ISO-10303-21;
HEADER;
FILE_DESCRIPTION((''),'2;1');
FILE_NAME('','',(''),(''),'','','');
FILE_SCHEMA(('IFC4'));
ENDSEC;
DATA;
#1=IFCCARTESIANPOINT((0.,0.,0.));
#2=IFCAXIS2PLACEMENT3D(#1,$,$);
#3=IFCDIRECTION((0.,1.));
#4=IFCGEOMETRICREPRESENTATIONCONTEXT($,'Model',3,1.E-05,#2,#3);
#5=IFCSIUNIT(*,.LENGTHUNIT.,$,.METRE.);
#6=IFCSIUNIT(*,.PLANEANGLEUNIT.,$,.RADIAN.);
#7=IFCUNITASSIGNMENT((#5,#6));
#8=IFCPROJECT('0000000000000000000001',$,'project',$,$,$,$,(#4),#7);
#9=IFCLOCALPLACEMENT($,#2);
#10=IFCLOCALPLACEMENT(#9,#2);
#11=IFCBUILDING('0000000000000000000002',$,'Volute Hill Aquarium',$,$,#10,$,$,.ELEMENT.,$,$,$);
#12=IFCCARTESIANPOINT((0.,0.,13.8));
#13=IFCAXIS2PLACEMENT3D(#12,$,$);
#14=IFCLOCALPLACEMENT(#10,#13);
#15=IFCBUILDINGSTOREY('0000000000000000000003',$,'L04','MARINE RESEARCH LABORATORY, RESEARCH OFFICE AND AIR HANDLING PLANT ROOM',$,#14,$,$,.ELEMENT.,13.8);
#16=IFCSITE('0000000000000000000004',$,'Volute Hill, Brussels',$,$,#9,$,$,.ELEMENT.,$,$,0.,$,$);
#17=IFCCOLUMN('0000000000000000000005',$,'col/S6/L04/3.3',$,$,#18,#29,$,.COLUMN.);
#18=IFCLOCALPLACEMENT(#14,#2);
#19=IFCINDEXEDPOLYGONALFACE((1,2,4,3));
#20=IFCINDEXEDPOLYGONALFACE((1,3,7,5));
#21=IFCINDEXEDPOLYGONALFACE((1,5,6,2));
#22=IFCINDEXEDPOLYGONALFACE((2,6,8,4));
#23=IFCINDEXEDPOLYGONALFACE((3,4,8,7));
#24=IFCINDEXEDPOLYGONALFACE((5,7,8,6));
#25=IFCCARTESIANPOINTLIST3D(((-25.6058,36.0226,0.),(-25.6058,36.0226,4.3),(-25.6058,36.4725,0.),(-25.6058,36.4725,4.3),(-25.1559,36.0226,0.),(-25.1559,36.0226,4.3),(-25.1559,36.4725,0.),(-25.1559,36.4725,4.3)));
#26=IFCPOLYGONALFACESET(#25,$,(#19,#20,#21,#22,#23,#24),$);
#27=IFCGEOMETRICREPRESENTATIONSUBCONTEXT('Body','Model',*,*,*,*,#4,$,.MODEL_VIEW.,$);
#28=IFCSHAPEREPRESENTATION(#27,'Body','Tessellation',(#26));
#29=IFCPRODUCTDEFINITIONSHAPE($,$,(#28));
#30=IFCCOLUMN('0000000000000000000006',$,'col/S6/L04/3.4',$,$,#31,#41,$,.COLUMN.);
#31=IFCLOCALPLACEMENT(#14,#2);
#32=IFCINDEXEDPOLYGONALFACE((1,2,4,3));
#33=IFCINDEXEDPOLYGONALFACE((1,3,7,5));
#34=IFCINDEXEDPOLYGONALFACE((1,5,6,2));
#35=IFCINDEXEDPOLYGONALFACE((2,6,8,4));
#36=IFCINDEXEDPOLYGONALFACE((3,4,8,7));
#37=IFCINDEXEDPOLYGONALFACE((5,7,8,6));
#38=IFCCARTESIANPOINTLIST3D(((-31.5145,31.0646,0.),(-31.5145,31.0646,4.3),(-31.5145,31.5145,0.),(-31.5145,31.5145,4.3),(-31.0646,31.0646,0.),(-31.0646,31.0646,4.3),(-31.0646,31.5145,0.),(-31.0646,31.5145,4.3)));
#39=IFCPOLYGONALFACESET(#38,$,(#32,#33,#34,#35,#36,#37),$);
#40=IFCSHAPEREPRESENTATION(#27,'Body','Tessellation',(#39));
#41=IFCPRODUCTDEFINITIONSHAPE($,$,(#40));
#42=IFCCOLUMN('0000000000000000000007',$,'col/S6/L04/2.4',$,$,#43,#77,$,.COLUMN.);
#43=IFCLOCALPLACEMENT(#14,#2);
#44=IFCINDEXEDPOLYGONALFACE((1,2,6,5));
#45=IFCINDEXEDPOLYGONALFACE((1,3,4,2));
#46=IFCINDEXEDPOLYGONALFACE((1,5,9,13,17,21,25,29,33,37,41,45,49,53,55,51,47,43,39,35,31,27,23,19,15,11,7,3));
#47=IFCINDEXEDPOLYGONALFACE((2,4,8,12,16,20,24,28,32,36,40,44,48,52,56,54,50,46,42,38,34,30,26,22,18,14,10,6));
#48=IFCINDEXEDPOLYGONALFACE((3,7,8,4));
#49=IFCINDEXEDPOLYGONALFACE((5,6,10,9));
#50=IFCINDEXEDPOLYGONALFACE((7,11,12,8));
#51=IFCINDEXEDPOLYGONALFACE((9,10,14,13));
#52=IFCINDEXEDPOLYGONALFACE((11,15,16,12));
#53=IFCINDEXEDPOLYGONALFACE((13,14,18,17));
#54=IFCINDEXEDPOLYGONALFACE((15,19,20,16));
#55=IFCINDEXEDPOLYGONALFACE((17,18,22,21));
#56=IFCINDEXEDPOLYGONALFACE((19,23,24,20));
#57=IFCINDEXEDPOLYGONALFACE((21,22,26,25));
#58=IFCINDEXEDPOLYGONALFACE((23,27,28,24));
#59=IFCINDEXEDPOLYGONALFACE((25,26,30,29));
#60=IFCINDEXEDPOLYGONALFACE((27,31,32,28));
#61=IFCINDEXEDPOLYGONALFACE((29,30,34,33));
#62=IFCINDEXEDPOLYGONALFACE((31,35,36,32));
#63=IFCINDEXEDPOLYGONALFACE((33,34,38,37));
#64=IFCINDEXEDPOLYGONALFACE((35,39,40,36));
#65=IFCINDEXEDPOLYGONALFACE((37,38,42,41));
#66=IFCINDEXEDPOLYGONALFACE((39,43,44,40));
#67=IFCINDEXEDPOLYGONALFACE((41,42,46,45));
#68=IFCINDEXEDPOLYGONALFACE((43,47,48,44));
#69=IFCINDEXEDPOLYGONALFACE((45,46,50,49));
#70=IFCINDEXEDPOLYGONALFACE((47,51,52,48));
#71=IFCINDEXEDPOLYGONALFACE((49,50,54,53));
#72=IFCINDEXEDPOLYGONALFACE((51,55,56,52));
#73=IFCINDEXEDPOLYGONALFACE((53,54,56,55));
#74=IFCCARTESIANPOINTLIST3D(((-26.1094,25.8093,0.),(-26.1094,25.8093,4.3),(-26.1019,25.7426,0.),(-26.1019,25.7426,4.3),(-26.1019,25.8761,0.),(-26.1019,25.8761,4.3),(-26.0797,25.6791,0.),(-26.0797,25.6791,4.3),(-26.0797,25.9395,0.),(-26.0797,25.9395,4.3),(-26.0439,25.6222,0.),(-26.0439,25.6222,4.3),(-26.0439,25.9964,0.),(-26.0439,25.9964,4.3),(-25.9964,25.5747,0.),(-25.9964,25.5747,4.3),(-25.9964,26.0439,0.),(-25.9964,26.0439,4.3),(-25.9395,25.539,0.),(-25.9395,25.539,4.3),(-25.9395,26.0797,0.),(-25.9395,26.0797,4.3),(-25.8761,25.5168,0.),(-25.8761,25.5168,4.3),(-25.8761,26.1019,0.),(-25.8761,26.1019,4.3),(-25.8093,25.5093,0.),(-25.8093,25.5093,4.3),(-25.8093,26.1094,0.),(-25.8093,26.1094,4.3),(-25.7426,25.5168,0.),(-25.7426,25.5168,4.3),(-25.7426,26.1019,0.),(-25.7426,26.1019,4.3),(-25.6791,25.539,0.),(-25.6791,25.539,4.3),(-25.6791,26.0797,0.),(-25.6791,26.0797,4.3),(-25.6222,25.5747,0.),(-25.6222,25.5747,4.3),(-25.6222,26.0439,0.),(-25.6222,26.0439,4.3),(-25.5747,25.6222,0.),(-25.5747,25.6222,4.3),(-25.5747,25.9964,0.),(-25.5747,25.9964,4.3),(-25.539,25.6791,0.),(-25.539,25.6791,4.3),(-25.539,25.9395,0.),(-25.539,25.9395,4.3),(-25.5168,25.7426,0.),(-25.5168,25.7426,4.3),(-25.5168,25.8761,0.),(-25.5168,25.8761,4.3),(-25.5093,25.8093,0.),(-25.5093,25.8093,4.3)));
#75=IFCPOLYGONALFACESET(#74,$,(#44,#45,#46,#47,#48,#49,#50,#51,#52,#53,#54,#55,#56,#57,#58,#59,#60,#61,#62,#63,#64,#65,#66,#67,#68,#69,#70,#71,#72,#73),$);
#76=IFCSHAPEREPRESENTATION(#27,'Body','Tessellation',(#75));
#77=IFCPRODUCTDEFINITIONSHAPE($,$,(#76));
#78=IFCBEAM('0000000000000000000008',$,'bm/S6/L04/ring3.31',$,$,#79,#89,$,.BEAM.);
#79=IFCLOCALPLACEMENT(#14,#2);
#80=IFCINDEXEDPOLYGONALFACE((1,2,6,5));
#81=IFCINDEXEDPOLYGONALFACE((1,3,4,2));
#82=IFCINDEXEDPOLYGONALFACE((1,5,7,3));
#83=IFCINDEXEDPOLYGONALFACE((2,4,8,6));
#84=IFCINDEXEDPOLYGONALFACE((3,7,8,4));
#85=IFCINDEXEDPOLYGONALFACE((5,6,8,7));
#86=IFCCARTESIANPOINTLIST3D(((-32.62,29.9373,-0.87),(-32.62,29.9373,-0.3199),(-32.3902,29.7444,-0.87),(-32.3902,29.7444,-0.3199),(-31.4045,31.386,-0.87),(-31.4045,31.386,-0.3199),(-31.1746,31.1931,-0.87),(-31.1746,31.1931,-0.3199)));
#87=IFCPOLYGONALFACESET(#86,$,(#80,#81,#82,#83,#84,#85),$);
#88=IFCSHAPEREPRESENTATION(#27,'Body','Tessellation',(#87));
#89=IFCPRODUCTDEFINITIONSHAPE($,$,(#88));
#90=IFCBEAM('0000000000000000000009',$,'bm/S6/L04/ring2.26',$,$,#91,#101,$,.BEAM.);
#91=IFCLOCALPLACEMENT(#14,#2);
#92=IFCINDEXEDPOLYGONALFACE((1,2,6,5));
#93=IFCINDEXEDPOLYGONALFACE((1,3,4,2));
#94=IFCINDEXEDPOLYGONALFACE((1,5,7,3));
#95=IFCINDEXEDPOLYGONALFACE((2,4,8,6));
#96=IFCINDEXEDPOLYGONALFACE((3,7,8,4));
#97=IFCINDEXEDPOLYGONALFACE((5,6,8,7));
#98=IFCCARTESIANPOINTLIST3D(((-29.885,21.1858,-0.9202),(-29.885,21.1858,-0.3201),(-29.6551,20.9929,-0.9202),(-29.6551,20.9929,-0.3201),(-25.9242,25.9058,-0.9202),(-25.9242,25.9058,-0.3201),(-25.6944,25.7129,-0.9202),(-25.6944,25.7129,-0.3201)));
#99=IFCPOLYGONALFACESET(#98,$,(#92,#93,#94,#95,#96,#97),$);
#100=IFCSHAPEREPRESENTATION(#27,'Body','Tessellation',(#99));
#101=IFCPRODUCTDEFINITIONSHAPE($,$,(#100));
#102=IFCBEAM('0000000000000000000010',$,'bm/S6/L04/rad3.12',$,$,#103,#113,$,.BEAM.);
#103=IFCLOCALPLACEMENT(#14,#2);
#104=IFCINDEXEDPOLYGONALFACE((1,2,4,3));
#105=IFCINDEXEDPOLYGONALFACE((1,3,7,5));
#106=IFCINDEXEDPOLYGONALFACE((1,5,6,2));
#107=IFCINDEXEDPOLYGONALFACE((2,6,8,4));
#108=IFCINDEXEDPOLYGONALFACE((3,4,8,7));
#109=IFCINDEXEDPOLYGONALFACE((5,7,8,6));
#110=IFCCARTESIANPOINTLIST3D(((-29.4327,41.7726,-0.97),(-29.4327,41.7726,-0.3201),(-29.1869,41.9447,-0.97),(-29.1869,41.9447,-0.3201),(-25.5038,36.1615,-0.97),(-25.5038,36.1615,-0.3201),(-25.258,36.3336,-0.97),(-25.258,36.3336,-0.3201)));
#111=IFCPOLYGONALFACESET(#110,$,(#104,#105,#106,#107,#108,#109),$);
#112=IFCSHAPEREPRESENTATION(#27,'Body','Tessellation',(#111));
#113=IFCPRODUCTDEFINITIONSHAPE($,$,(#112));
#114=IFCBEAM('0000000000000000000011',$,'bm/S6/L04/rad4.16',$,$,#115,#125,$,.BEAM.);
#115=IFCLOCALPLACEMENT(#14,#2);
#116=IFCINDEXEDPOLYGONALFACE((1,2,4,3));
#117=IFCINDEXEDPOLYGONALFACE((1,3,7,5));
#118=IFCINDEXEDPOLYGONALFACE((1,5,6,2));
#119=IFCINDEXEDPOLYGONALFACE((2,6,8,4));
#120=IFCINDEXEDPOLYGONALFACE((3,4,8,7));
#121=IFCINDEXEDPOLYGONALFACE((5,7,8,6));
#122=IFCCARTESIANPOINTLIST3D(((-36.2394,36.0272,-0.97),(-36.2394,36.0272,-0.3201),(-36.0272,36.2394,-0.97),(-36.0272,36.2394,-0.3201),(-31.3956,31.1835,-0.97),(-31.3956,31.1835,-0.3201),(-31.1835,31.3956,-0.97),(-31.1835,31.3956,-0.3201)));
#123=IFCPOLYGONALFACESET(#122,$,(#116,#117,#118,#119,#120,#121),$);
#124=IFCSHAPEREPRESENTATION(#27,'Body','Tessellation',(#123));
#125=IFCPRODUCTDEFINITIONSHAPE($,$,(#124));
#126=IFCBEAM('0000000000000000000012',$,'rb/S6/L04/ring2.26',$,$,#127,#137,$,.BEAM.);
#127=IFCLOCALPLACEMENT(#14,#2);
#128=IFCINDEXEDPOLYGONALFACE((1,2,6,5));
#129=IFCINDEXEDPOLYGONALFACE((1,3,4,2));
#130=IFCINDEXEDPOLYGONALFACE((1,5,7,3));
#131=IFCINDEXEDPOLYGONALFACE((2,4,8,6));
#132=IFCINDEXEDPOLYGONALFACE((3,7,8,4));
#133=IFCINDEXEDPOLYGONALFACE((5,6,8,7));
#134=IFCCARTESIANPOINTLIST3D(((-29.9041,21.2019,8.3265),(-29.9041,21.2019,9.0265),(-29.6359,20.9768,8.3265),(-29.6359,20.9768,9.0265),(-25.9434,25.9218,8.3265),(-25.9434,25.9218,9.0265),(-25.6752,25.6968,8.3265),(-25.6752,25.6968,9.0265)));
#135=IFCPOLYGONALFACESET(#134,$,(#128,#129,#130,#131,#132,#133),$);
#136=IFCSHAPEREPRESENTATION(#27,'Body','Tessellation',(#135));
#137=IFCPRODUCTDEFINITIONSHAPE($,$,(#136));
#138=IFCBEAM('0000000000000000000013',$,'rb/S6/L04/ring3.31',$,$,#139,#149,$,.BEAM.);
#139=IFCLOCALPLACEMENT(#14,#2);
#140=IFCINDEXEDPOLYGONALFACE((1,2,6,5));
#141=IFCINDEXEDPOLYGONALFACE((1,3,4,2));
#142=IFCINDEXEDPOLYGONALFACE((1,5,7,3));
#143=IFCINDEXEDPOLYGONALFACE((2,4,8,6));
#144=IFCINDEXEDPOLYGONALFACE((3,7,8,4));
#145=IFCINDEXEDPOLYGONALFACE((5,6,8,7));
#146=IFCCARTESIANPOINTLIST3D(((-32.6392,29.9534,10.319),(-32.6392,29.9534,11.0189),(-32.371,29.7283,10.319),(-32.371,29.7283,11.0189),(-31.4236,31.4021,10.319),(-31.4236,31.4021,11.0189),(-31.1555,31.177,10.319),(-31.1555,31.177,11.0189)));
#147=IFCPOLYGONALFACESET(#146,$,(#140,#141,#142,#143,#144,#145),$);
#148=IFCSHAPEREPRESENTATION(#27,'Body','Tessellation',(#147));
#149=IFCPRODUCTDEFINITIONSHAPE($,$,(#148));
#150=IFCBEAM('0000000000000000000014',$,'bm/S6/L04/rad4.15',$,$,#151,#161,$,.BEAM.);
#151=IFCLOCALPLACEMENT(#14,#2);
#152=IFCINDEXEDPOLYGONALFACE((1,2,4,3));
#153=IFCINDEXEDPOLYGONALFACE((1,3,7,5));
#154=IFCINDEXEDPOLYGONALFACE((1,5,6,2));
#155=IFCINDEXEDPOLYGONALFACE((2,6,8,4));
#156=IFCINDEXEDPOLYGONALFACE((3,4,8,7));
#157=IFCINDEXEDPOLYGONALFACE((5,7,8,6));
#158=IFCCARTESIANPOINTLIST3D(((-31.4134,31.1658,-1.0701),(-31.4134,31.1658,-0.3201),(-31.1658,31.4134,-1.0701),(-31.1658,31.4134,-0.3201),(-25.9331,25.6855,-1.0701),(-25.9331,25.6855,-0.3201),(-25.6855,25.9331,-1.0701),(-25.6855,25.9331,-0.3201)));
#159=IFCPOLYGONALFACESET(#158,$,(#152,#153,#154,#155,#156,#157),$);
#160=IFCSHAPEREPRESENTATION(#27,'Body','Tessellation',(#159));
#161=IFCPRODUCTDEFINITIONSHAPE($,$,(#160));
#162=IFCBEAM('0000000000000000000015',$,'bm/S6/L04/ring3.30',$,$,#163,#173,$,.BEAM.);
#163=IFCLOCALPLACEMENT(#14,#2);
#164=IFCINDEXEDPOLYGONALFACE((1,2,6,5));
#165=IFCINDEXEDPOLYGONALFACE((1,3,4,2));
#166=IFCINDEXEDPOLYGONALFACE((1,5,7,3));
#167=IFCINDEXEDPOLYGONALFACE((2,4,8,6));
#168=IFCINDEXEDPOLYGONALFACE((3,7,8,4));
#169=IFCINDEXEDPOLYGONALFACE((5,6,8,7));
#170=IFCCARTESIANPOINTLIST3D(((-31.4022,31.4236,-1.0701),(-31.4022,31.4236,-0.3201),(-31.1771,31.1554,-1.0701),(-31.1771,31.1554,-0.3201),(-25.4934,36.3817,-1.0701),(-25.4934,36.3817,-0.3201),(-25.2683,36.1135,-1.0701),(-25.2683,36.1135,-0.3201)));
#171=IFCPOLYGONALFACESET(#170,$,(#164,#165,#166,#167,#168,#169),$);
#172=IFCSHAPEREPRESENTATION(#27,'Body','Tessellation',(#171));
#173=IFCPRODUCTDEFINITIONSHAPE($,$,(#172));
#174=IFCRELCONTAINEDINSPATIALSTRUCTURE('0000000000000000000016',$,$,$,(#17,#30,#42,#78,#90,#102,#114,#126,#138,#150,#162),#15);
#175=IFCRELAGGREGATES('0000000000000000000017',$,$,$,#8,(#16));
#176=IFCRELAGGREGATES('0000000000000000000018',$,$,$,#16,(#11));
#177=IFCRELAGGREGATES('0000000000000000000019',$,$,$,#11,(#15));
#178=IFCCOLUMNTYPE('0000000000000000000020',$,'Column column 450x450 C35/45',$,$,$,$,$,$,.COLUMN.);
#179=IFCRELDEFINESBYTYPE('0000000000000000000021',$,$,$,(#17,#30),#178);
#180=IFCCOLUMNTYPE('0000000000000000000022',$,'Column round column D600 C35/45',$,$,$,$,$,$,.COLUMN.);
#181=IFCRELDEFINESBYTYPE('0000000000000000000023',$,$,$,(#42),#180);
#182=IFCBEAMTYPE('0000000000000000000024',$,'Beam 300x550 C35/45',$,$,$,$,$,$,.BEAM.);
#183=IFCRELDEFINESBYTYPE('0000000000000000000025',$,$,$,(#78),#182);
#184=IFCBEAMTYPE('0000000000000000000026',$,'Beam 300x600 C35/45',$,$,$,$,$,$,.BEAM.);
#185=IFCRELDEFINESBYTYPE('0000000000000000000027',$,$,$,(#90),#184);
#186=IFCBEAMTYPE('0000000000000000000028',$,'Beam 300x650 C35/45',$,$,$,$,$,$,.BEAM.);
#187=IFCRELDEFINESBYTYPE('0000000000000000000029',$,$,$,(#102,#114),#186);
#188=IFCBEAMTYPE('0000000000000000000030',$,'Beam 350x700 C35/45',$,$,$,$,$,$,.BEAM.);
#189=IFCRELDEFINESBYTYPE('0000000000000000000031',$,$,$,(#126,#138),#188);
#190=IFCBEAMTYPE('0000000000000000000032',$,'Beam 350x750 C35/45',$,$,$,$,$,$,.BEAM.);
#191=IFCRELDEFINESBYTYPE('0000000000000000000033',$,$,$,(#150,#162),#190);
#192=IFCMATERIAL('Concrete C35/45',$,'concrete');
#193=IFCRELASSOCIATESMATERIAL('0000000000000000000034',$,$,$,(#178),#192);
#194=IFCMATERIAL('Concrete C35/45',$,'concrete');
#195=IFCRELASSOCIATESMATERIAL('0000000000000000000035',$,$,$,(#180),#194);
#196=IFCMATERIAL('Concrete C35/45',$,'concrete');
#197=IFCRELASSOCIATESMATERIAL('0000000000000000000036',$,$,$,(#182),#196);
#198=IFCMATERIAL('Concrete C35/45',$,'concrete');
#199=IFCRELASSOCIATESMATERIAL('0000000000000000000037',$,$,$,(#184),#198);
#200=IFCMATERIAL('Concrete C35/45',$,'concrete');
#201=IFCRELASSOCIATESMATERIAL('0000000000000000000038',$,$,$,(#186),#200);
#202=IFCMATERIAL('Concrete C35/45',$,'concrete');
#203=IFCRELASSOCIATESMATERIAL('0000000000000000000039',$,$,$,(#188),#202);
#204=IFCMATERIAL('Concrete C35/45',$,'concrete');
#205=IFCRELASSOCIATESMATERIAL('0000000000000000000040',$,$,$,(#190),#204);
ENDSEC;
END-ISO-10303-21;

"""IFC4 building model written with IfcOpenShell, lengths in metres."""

from ifc_helpers import new_model, si_unit, direction, frame, origin, origin_2d, place, context, subcontext, project, spatial, rectangle, circle, extrude, material, material_profile, profile_set, type_object, element, save


model = new_model("IFC4")

# Units and contexts
model_context = context("Model", 3, precision=1e-05, world=origin(), true_north=direction((0.0, 1.0)))
body_context = subcontext(model_context, "Body", "Model", "MODEL_VIEW")
ifc_project = project(units=[si_unit("LENGTHUNIT", "METRE"), si_unit("PLANEANGLEUNIT", "RADIAN")], contexts=[model_context])

# Site, building, storey
site_placement = place(None, origin())
site = spatial("IfcSite", under=ifc_project, at=site_placement, Name="Volute Hill, Brussels", CompositionType="ELEMENT", RefElevation=0.0)
building_placement = place(site_placement, origin())
building = spatial("IfcBuilding", under=site, at=building_placement, Name="Volute Hill Aquarium", CompositionType="ELEMENT")
storey_placement = place(building_placement, frame((0.0, 0.0, 13.8)))
storey = spatial("IfcBuildingStorey", under=building, at=storey_placement, Name="L04", Description="MARINE RESEARCH LABORATORY, RESEARCH OFFICE AND AIR HANDLING PLANT ROOM", CompositionType="ELEMENT", Elevation=13.8)

# Columns
ifc_material_1 = material(Name="Concrete C35/45", Category="concrete")
ifc_material_profile_1 = material_profile(ifc_material_1, rectangle(XDim=0.45, YDim=0.45, at=origin_2d()), Name="RC column 450x450")
ifc_profile_set_1 = profile_set([ifc_material_profile_1], Name="Concrete C35/45")
column_type_1 = type_object("IfcColumnType", Name="Column column 450x450 C35/45", PredefinedType="COLUMN", material=ifc_profile_set_1)
for number, where, z_axis, x_axis, name in (
    (1, (-25.3809, 36.2476, 0.0), (0.0, 0.0, 1.0), (1.0, 0.0, 0.0), "col/S6/L04/3.3"),
    (2, (-31.2896, 31.2896, 0.0), (0.0, 0.0, 1.0), (1.0, 0.0, 0.0), "col/S6/L04/3.4"),
):
    element("IfcColumn", number, at=place(storey_placement, frame(where, z_axis=z_axis, x_axis=x_axis)), inside=storey, type_object=column_type_1, Name=name, PredefinedType="COLUMN", context=body_context, shape_type="SweptSolid", body=[
        extrude(rectangle(XDim=0.45, YDim=0.45, at=origin_2d()), origin(), (0.0, 0.0, 1.0), 4.3),
    ])
ifc_material_2 = material(Name="Concrete C35/45", Category="concrete")
ifc_material_profile_2 = material_profile(ifc_material_2, circle(Radius=0.3, at=origin_2d()), Name="RC round column D600")
ifc_profile_set_2 = profile_set([ifc_material_profile_2], Name="Concrete C35/45")
column_type_2 = type_object("IfcColumnType", Name="Column round column D600 C35/45", PredefinedType="COLUMN", material=ifc_profile_set_2)
column_placement = place(storey_placement, frame((-25.8093, 25.8093, 0.0), z_axis=(0.0, 0.0, 1.0), x_axis=(1.0, 0.0, 0.0)))
element("IfcColumn", 3, at=column_placement, inside=storey, type_object=column_type_2, Name="col/S6/L04/2.4", PredefinedType="COLUMN", context=body_context, shape_type="SweptSolid", body=[
    extrude(circle(Radius=0.3, at=origin_2d()), origin(), (0.0, 0.0, 1.0), 4.3),
])

# Beams
ifc_material_3 = material(Name="Concrete C35/45", Category="concrete")
ifc_material_profile_3 = material_profile(ifc_material_3, rectangle(XDim=0.3, YDim=0.55, at=origin_2d()), Name="RC beam 300x550")
ifc_profile_set_3 = profile_set([ifc_material_profile_3], Name="Concrete C35/45")
beam_type_1 = type_object("IfcBeamType", Name="Beam 300x550 C35/45", PredefinedType="BEAM", material=ifc_profile_set_3)
beam_1_placement = place(storey_placement, frame((-31.2896, 31.2896, -0.595), z_axis=(-0.642771, -0.766058, 0.0), x_axis=(0.766058, -0.642771, 0.0)))
element("IfcBeam", 4, at=beam_1_placement, inside=storey, type_object=beam_type_1, Name="bm/S6/L04/ring3.31", PredefinedType="BEAM", context=body_context, shape_type="SweptSolid", body=[
    extrude(rectangle(XDim=0.3, YDim=0.55, at=origin_2d()), origin(), (0.0, 0.0, 1.0), 1.8911),
])
ifc_material_4 = material(Name="Concrete C35/45", Category="concrete")
ifc_material_profile_4 = material_profile(ifc_material_4, rectangle(XDim=0.3, YDim=0.6001, at=origin_2d()), Name="RC beam 300x600")
ifc_profile_set_4 = profile_set([ifc_material_profile_4], Name="Concrete C35/45")
beam_type_2 = type_object("IfcBeamType", Name="Beam 300x600 C35/45", PredefinedType="BEAM", material=ifc_profile_set_4)
beam_2_placement = place(storey_placement, frame((-25.8093, 25.8093, -0.6201), z_axis=(-0.642804, -0.766031, 0.0), x_axis=(0.766031, -0.642804, 0.0)))
element("IfcBeam", 5, at=beam_2_placement, inside=storey, type_object=beam_type_2, Name="bm/S6/L04/ring2.26", PredefinedType="BEAM", context=body_context, shape_type="SweptSolid", body=[
    extrude(rectangle(XDim=0.3, YDim=0.6001, at=origin_2d()), origin(), (0.0, 0.0, 1.0), 6.1616),
])
ifc_material_5 = material(Name="Concrete C35/45", Category="concrete")
ifc_material_profile_5 = material_profile(ifc_material_5, rectangle(XDim=0.3, YDim=0.6499, at=origin_2d()), Name="RC beam 300x650")
ifc_profile_set_5 = profile_set([ifc_material_profile_5], Name="Concrete C35/45")
beam_type_3 = type_object("IfcBeamType", Name="Beam 300x650 C35/45", PredefinedType="BEAM", material=ifc_profile_set_5)
beam_3_placement = place(storey_placement, frame((-25.3809, 36.2476, -0.645), z_axis=(-0.57358, 0.81915, 0.0), x_axis=(-0.81915, -0.57358, 0.0)))
element("IfcBeam", 6, at=beam_3_placement, inside=storey, type_object=beam_type_3, Name="bm/S6/L04/rad3.12", PredefinedType="BEAM", context=body_context, shape_type="SweptSolid", body=[
    extrude(rectangle(XDim=0.3, YDim=0.6499, at=origin_2d()), origin(), (0.0, 0.0, 1.0), 6.8499),
])
beam_4_placement = place(storey_placement, frame((-31.2896, 31.2896, -0.645), z_axis=(-0.707107, 0.707107, 0.0), x_axis=(-0.707107, -0.707107, 0.0)))
element("IfcBeam", 7, at=beam_4_placement, inside=storey, type_object=beam_type_3, Name="bm/S6/L04/rad4.16", PredefinedType="BEAM", context=body_context, shape_type="SweptSolid", body=[
    extrude(rectangle(XDim=0.3, YDim=0.6499, at=origin_2d()), origin(), (0.0, 0.0, 1.0), 6.8501),
])
ifc_material_6 = material(Name="Concrete C35/45", Category="concrete")
ifc_material_profile_6 = material_profile(ifc_material_6, rectangle(XDim=0.3501, YDim=0.7, at=origin_2d()), Name="RC beam 350x700")
ifc_profile_set_6 = profile_set([ifc_material_profile_6], Name="Concrete C35/45")
beam_type_4 = type_object("IfcBeamType", Name="Beam 350x700 C35/45", PredefinedType="BEAM", material=ifc_profile_set_6)
beam_5_placement = place(storey_placement, frame((-25.8093, 25.8093, 8.6765), z_axis=(-0.642804, -0.766031, 0.0), x_axis=(0.766031, -0.642804, 0.0)))
element("IfcBeam", 8, at=beam_5_placement, inside=storey, type_object=beam_type_4, Name="rb/S6/L04/ring2.26", PredefinedType="BEAM", context=body_context, shape_type="SweptSolid", body=[
    extrude(rectangle(XDim=0.3501, YDim=0.7, at=origin_2d()), origin(), (0.0, 0.0, 1.0), 6.1616),
])
beam_6_placement = place(storey_placement, frame((-31.2896, 31.2896, 10.6689), z_axis=(-0.642771, -0.766058, 0.0), x_axis=(0.766058, -0.642771, 0.0)))
element("IfcBeam", 9, at=beam_6_placement, inside=storey, type_object=beam_type_4, Name="rb/S6/L04/ring3.31", PredefinedType="BEAM", context=body_context, shape_type="SweptSolid", body=[
    extrude(rectangle(XDim=0.3501, YDim=0.7, at=origin_2d()), origin(), (0.0, 0.0, 1.0), 1.8911),
])
ifc_material_7 = material(Name="Concrete C35/45", Category="concrete")
ifc_material_profile_7 = material_profile(ifc_material_7, rectangle(XDim=0.3501, YDim=0.75, at=origin_2d()), Name="RC beam 350x750")
ifc_profile_set_7 = profile_set([ifc_material_profile_7], Name="Concrete C35/45")
beam_type_5 = type_object("IfcBeamType", Name="Beam 350x750 C35/45", PredefinedType="BEAM", material=ifc_profile_set_7)
beam_7_placement = place(storey_placement, frame((-25.8093, 25.8093, -0.6951), z_axis=(-0.707107, 0.707107, 0.0), x_axis=(-0.707107, -0.707107, 0.0)))
element("IfcBeam", 10, at=beam_7_placement, inside=storey, type_object=beam_type_5, Name="bm/S6/L04/rad4.15", PredefinedType="BEAM", context=body_context, shape_type="SweptSolid", body=[
    extrude(rectangle(XDim=0.3501, YDim=0.75, at=origin_2d()), origin(), (0.0, 0.0, 1.0), 7.7502),
])
beam_8_placement = place(storey_placement, frame((-25.3809, 36.2476, -0.6951), z_axis=(-0.766043, -0.64279, 0.0), x_axis=(0.64279, -0.766043, 0.0)))
element("IfcBeam", 11, at=beam_8_placement, inside=storey, type_object=beam_type_5, Name="bm/S6/L04/ring3.30", PredefinedType="BEAM", context=body_context, shape_type="SweptSolid", body=[
    extrude(rectangle(XDim=0.3501, YDim=0.75, at=origin_2d()), origin(), (0.0, 0.0, 1.0), 7.7134),
])

save(model, "model.ifc")
